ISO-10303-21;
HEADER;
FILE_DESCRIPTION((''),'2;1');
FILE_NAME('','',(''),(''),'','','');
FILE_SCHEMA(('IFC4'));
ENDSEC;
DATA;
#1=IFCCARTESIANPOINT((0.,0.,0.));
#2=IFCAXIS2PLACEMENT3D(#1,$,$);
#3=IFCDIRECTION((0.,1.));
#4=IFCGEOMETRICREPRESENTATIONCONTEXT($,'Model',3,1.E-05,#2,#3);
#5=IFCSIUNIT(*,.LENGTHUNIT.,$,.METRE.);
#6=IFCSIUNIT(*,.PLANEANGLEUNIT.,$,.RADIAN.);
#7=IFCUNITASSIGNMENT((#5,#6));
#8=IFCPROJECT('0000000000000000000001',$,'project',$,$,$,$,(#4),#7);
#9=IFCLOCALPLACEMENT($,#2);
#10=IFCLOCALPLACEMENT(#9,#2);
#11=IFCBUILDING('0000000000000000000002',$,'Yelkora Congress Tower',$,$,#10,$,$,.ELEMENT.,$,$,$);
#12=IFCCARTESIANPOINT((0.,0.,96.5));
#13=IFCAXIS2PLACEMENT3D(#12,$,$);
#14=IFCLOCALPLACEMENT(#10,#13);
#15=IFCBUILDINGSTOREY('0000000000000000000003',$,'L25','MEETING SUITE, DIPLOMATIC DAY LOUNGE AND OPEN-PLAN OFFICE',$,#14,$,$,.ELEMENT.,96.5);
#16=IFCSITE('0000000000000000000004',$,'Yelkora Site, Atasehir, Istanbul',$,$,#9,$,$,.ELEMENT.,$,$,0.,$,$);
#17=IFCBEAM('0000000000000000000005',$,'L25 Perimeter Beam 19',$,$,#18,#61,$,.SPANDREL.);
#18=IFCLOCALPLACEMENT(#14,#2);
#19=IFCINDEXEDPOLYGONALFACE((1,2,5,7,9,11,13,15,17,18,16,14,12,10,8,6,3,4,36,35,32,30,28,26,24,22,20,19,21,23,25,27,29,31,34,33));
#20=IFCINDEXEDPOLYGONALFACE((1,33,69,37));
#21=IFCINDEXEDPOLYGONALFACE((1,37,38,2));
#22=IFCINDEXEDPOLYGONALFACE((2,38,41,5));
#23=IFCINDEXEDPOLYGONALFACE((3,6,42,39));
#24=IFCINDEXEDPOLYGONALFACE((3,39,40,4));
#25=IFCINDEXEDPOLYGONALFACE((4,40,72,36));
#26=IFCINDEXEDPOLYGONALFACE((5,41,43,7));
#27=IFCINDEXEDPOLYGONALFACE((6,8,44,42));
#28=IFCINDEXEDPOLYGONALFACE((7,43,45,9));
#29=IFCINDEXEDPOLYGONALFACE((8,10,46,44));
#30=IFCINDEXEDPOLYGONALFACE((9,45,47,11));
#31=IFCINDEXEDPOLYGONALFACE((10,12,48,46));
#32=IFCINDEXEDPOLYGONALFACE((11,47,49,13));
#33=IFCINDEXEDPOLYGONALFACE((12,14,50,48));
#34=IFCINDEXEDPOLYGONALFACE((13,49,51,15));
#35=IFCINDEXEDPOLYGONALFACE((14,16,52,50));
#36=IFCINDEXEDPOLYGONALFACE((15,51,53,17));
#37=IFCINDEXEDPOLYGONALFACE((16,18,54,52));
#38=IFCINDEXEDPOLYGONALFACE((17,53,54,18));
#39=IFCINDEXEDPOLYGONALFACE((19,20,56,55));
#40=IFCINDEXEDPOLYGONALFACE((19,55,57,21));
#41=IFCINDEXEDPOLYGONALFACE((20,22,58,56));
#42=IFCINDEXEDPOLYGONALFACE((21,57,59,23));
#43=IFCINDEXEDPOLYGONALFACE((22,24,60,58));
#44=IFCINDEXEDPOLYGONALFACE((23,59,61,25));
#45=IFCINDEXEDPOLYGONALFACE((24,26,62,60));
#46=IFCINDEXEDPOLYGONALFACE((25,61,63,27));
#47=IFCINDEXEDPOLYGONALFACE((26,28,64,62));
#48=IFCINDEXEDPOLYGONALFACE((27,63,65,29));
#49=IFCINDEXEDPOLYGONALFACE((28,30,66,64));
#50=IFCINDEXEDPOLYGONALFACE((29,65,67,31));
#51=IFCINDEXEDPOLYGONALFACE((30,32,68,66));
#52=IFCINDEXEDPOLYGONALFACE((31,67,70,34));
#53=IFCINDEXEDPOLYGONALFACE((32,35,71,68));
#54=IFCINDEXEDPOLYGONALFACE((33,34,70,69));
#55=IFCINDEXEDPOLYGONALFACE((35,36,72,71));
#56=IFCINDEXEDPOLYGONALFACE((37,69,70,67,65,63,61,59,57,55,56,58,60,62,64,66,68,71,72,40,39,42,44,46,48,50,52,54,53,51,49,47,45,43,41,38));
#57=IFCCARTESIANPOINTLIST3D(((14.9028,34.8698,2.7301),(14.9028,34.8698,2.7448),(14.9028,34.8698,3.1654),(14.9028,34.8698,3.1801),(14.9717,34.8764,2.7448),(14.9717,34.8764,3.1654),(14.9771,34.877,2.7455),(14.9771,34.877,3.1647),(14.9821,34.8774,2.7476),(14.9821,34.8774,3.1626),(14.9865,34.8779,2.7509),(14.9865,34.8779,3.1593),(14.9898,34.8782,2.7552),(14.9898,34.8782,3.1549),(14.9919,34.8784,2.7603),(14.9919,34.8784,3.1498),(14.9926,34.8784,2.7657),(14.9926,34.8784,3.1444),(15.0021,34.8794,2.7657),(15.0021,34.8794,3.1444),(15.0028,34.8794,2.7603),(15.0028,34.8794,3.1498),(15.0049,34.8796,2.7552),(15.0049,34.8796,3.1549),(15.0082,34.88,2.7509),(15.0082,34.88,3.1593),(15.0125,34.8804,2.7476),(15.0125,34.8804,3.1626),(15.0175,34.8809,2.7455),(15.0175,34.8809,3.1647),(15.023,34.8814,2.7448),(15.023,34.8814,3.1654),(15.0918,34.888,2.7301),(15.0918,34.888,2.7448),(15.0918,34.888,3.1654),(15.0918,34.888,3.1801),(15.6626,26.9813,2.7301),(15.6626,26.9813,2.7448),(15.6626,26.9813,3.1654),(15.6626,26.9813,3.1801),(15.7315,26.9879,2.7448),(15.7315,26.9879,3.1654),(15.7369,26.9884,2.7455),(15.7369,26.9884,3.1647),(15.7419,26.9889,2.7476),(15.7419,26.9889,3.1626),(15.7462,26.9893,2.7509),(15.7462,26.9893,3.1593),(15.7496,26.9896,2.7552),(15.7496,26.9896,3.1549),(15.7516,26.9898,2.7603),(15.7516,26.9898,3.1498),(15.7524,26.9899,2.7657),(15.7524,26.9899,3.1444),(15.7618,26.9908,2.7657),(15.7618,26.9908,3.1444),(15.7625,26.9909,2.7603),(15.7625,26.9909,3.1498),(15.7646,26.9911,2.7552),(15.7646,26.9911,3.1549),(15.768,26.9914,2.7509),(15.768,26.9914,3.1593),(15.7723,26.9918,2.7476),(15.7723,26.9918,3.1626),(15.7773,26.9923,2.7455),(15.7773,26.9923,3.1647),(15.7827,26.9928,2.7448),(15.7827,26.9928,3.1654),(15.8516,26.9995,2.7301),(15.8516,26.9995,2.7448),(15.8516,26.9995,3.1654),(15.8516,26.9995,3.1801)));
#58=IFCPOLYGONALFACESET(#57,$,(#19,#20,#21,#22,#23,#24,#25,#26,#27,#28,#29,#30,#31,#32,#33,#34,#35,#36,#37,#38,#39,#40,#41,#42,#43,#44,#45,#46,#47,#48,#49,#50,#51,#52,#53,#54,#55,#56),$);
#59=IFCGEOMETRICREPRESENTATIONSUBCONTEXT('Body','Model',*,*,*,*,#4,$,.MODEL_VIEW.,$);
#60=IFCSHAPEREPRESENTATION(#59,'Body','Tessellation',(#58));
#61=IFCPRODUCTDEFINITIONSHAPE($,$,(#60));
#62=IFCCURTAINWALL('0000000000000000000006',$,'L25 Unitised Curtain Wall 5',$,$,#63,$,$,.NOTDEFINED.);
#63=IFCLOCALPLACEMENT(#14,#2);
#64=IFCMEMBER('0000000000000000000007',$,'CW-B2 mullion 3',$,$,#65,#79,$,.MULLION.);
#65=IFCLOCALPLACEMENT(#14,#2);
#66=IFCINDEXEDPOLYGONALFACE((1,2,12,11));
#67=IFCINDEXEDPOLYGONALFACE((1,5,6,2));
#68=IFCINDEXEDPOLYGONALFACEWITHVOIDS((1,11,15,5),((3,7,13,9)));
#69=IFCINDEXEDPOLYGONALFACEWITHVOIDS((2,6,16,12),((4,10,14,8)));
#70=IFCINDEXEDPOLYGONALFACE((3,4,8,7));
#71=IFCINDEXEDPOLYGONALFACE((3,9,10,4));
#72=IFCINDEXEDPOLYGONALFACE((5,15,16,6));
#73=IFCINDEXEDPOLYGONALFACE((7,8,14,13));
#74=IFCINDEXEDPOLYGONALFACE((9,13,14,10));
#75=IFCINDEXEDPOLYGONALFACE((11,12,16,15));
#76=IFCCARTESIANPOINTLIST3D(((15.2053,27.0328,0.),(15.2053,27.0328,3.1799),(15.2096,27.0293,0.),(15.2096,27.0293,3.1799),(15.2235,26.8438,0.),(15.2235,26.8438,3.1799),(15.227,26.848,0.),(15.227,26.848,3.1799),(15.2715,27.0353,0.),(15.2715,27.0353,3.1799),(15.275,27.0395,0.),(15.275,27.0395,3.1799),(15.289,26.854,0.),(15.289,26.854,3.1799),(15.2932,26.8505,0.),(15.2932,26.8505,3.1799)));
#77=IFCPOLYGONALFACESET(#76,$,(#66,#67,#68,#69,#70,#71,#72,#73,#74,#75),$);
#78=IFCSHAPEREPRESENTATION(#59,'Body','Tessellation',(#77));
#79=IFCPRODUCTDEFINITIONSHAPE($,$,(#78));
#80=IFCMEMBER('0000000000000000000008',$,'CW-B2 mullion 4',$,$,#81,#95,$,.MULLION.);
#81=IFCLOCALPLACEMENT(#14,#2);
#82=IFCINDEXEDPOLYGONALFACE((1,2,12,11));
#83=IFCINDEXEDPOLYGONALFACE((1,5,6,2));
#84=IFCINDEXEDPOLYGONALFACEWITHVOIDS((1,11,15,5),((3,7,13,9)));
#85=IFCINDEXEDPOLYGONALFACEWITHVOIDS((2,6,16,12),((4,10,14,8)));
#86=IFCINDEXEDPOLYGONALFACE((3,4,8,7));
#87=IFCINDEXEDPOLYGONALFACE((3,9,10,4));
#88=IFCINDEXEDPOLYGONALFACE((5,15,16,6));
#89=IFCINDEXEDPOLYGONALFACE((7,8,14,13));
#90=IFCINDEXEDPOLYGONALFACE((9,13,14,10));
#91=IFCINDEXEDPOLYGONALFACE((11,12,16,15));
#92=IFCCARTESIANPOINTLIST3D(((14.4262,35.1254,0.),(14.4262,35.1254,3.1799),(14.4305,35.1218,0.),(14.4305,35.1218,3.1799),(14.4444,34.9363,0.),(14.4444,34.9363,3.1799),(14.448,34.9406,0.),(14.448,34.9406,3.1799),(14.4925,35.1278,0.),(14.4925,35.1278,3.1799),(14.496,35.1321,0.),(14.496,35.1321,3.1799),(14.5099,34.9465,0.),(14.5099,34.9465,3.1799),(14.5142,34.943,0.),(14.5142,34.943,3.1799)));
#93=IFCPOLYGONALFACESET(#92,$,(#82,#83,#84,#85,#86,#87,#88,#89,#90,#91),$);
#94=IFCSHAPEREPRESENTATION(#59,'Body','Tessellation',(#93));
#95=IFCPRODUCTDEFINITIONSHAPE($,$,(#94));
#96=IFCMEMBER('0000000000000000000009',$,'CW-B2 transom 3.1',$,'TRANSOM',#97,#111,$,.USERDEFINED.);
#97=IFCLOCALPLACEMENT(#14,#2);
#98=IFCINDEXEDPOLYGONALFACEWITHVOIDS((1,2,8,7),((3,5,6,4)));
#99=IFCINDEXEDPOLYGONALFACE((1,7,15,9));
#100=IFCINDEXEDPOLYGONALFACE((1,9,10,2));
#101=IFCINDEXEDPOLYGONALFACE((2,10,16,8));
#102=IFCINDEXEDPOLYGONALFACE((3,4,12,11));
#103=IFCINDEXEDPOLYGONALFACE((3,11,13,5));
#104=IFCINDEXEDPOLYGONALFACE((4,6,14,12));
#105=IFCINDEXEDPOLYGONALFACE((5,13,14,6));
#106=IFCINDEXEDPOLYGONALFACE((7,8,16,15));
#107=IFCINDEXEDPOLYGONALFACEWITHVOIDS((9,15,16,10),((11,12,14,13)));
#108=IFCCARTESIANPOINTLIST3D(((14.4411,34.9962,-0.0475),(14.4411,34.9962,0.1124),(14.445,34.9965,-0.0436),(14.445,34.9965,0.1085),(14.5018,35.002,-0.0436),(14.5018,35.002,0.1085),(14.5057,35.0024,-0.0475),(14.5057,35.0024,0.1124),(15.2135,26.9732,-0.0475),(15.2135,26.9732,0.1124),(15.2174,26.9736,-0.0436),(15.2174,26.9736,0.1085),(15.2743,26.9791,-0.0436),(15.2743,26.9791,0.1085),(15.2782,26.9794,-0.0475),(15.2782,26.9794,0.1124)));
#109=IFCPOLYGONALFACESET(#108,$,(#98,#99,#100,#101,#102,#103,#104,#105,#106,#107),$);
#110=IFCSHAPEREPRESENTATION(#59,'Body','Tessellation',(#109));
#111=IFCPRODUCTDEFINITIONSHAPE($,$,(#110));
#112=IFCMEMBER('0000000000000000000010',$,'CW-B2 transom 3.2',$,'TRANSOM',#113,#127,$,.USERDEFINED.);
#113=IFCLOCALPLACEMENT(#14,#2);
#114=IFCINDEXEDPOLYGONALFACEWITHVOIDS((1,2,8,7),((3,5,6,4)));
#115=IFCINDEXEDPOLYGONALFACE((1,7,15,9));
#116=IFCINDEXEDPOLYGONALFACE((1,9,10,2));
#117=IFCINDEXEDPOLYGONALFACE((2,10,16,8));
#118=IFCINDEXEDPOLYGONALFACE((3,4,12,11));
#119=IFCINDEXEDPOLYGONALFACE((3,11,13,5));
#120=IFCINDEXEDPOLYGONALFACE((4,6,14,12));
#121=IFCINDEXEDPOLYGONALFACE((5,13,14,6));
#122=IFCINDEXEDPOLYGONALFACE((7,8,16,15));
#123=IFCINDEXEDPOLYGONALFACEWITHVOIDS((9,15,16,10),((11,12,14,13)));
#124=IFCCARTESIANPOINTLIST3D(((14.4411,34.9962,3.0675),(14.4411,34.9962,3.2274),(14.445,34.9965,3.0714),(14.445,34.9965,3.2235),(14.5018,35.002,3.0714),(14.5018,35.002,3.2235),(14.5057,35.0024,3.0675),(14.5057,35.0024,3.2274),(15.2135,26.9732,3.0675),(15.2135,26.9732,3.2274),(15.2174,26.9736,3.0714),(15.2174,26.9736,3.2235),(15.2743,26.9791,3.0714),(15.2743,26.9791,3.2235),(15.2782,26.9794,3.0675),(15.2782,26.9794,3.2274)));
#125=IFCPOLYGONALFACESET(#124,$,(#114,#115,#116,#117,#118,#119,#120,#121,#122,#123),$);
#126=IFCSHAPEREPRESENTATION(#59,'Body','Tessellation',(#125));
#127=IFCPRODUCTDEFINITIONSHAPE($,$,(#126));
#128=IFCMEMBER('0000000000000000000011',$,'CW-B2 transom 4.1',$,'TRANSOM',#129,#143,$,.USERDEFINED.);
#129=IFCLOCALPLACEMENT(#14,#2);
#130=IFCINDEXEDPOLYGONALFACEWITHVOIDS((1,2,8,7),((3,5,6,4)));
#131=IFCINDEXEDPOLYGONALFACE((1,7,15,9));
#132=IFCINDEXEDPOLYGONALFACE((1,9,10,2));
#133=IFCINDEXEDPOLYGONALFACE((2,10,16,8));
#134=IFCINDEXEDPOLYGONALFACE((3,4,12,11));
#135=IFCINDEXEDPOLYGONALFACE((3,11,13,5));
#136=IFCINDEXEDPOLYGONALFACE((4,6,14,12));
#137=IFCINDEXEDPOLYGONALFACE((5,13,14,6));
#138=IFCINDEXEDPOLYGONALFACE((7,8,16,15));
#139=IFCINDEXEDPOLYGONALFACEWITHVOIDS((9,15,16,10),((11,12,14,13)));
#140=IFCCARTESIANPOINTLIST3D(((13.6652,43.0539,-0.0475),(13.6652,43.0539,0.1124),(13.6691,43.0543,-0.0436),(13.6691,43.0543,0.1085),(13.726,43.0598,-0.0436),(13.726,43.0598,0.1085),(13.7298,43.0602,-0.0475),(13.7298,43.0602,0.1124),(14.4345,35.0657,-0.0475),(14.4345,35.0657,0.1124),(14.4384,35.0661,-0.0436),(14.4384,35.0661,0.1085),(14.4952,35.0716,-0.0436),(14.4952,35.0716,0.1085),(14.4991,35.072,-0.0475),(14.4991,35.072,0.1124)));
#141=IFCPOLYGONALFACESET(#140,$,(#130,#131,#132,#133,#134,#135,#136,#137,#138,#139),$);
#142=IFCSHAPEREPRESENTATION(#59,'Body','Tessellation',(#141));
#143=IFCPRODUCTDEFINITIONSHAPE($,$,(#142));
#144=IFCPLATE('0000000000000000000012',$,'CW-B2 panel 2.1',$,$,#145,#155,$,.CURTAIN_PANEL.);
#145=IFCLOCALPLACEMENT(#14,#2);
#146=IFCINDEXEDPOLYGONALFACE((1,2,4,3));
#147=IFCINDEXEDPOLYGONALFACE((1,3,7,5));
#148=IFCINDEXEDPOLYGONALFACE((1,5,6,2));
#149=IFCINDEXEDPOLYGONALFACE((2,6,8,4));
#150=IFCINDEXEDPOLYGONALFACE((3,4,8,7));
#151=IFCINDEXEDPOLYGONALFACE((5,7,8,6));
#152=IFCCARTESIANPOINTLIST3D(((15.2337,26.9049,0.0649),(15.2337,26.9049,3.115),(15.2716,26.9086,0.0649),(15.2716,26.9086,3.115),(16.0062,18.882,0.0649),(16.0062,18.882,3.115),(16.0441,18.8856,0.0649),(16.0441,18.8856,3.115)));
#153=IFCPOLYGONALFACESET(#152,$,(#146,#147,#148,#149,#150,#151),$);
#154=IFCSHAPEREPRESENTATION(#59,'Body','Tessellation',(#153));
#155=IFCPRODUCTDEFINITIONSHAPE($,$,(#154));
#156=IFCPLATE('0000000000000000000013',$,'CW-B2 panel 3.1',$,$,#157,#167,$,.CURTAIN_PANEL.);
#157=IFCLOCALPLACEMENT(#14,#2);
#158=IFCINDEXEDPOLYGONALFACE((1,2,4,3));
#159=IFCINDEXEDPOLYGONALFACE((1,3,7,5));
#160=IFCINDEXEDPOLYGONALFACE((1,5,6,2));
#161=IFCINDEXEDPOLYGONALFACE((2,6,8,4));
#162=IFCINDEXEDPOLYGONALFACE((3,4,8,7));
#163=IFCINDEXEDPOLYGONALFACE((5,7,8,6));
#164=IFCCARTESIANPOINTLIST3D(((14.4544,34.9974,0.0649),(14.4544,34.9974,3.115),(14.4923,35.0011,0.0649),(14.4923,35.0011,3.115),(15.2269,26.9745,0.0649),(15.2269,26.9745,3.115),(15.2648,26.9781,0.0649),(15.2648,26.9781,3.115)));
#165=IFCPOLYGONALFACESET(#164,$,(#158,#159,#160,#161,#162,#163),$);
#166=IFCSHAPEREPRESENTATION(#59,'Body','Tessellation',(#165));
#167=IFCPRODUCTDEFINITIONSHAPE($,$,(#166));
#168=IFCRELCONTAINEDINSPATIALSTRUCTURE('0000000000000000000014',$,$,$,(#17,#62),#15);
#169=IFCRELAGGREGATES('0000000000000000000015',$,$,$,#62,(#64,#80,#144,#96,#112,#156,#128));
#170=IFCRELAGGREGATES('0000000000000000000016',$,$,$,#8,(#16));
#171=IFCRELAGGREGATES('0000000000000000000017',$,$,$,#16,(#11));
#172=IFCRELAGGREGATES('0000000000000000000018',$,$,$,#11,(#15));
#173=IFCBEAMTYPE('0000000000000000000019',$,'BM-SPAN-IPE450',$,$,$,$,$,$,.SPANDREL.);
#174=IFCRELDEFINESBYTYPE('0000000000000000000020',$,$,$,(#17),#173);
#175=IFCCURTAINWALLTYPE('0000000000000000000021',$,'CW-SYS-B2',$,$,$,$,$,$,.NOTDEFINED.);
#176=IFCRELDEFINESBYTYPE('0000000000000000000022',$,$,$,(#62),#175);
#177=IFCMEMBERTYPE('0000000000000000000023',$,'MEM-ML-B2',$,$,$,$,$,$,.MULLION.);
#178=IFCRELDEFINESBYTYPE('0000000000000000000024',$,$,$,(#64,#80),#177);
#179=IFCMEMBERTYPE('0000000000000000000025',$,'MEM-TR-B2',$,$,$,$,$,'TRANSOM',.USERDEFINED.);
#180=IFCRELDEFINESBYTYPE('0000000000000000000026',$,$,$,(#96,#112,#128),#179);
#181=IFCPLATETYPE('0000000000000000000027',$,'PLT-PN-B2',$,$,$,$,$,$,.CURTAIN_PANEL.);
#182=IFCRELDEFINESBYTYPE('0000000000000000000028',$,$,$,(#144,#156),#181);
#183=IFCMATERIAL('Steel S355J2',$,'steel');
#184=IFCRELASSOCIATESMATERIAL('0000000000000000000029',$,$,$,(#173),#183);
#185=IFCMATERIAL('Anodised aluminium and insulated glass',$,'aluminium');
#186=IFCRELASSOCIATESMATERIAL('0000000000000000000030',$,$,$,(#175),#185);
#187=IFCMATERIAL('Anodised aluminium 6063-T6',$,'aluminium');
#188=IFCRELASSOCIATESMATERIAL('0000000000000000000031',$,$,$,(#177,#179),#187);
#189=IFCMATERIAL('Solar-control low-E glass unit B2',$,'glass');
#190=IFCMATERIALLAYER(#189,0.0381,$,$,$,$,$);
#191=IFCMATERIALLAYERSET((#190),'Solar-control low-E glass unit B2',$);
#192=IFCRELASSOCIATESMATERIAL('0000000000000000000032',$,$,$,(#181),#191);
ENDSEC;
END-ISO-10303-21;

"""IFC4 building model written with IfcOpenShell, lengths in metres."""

from ifc_helpers import new_model, si_unit, direction, frame, origin, origin_2d, place, context, subcontext, project, spatial, rectangle, hollow_rectangle, i_section, extrude, material, layer, layer_set, material_profile, profile_set, type_object, element, aggregate, save


model = new_model("IFC4")

# Units and contexts
model_context = context("Model", 3, precision=1e-05, world=origin(), true_north=direction((0.0, 1.0)))
body_context = subcontext(model_context, "Body", "Model", "MODEL_VIEW")
ifc_project = project(units=[si_unit("LENGTHUNIT", "METRE"), si_unit("PLANEANGLEUNIT", "RADIAN")], contexts=[model_context])

# Site, building, storey
site_placement = place(None, origin())
site = spatial("IfcSite", under=ifc_project, at=site_placement, Name="Yelkora Site, Atasehir, Istanbul", CompositionType="ELEMENT", RefElevation=0.0)
building_placement = place(site_placement, origin())
building = spatial("IfcBuilding", under=site, at=building_placement, Name="Yelkora Congress Tower", CompositionType="ELEMENT")
storey_placement = place(building_placement, frame((0.0, 0.0, 96.5)))
storey = spatial("IfcBuildingStorey", under=building, at=storey_placement, Name="L25", Description="MEETING SUITE, DIPLOMATIC DAY LOUNGE AND OPEN-PLAN OFFICE", CompositionType="ELEMENT", Elevation=96.5)

# Beam
ifc_material_1 = material(Name="Steel S355J2", Category="steel")
ifc_material_profile_1 = material_profile(ifc_material_1, i_section(OverallWidth=0.1899, OverallDepth=0.45, WebThickness=0.0095, FlangeThickness=0.0146, FilletRadius=0.021, at=origin_2d()), Name="IPE 450")
ifc_profile_set_1 = profile_set([ifc_material_profile_1], Name="Steel S355J2")
beam_type_1 = type_object("IfcBeamType", Name="BM-SPAN-IPE450", PredefinedType="SPANDREL", material=ifc_profile_set_1)
beam_1_placement = place(storey_placement, frame((14.9973, 34.8789, 2.9551), z_axis=(0.09587, -0.995394, 0.0), x_axis=(0.995394, 0.09587, 0.0)))
element("IfcBeam", 1, at=beam_1_placement, inside=storey, type_object=beam_type_1, Name="L25 Perimeter Beam 19", PredefinedType="SPANDREL", context=body_context, shape_type="SweptSolid", body=[
    extrude(i_section(OverallWidth=0.1899, OverallDepth=0.45, WebThickness=0.0095, FlangeThickness=0.0146, FilletRadius=0.021, at=origin_2d()), origin(), (0.0, 0.0, 1.0), 7.925),
])

# Curtain wall, members, plates
ifc_material_2 = material(Name="Anodised aluminium and insulated glass", Category="aluminium")
curtain_wall_type = type_object("IfcCurtainWallType", Name="CW-SYS-B2", PredefinedType="NOTDEFINED", material=ifc_material_2)
curtain_wall_placement = place(storey_placement, origin())
curtain_wall = element("IfcCurtainWall", 2, at=curtain_wall_placement, inside=storey, type_object=curtain_wall_type, Name="L25 Unitised Curtain Wall 5", PredefinedType="NOTDEFINED")
ifc_material_3 = material(Name="Anodised aluminium 6063-T6", Category="aluminium")
ifc_material_profile_2 = material_profile(ifc_material_3, hollow_rectangle(XDim=0.0701, YDim=0.1899, WallThickness=0.0039, at=origin_2d()), Name="ALU 70x190x4")
ifc_profile_set_2 = profile_set([ifc_material_profile_2], Name="Anodised aluminium 6063-T6")
member_type_1 = type_object("IfcMemberType", Name="MEM-ML-B2", PredefinedType="MULLION", material=ifc_profile_set_2)
member_1_placement = place(storey_placement, frame((15.2493, 26.9417, 0.0), z_axis=(0.0, 0.0, 1.0), x_axis=(-0.995397, -0.095843, 0.0)))
member_1 = element("IfcMember", 3, at=member_1_placement, type_object=member_type_1, Name="CW-B2 mullion 3", PredefinedType="MULLION", context=body_context, shape_type="SweptSolid", body=[
    extrude(hollow_rectangle(XDim=0.0701, YDim=0.1899, WallThickness=0.0039, at=origin_2d()), origin(), (0.0, 0.0, 1.0), 3.1799),
])
member_2_placement = place(storey_placement, frame((14.4702, 35.0342, 0.0), z_axis=(0.0, 0.0, 1.0), x_axis=(-0.995397, -0.095843, 0.0)))
member_2 = element("IfcMember", 4, at=member_2_placement, type_object=member_type_1, Name="CW-B2 mullion 4", PredefinedType="MULLION", context=body_context, shape_type="SweptSolid", body=[
    extrude(hollow_rectangle(XDim=0.0701, YDim=0.1899, WallThickness=0.0039, at=origin_2d()), origin(), (0.0, 0.0, 1.0), 3.1799),
])
ifc_material_profile_3 = material_profile(ifc_material_3, hollow_rectangle(XDim=0.0649, YDim=0.1599, WallThickness=0.0039, at=origin_2d()), Name="ALU 65x160x4")
ifc_profile_set_3 = profile_set([ifc_material_profile_3], Name="Anodised aluminium 6063-T6")
member_type_2 = type_object("IfcMemberType", Name="MEM-TR-B2", ElementType="TRANSOM", PredefinedType="USERDEFINED", material=ifc_profile_set_3)
member_3_placement = place(storey_placement, frame((15.2458, 26.9763, 0.0325), z_axis=(-0.095838, 0.995397, 0.0), x_axis=(-0.995397, -0.095838, 0.0)))
member_3 = element("IfcMember", 5, at=member_3_placement, type_object=member_type_2, Name="CW-B2 transom 3.1", ObjectType="TRANSOM", PredefinedType="USERDEFINED", context=body_context, shape_type="SweptSolid", body=[
    extrude(hollow_rectangle(XDim=0.0649, YDim=0.1599, WallThickness=0.0039, at=origin_2d()), origin(), (0.0, 0.0, 1.0), 8.0601),
])
member_4_placement = place(storey_placement, frame((15.2458, 26.9763, 3.1475), z_axis=(-0.095838, 0.995397, 0.0), x_axis=(-0.995397, -0.095838, 0.0)))
member_4 = element("IfcMember", 6, at=member_4_placement, type_object=member_type_2, Name="CW-B2 transom 3.2", ObjectType="TRANSOM", PredefinedType="USERDEFINED", context=body_context, shape_type="SweptSolid", body=[
    extrude(hollow_rectangle(XDim=0.0649, YDim=0.1599, WallThickness=0.0039, at=origin_2d()), origin(), (0.0, 0.0, 1.0), 8.0601),
])
member_5_placement = place(storey_placement, frame((14.4668, 35.0688, 0.0325), z_axis=(-0.095858, 0.995395, 0.0), x_axis=(-0.995395, -0.095858, 0.0)))
member_5 = element("IfcMember", 7, at=member_5_placement, type_object=member_type_2, Name="CW-B2 transom 4.1", ObjectType="TRANSOM", PredefinedType="USERDEFINED", context=body_context, shape_type="SweptSolid", body=[
    extrude(hollow_rectangle(XDim=0.0649, YDim=0.1599, WallThickness=0.0039, at=origin_2d()), origin(), (0.0, 0.0, 1.0), 8.0251),
])
ifc_material_4 = material(Name="Solar-control low-E glass unit B2", Category="glass")
ifc_layer_1 = layer(ifc_material_4, 0.0381)
ifc_layer_set_1 = layer_set([ifc_layer_1], Name="Solar-control low-E glass unit B2")
plate_type = type_object("IfcPlateType", Name="PLT-PN-B2", PredefinedType="CURTAIN_PANEL", material=ifc_layer_set_1)
plate_1_placement = place(storey_placement, frame((15.6389, 22.8953, 0.0649), z_axis=(0.0, 0.0, 1.0), x_axis=(-0.095843, 0.995397, 0.0)))
plate_1 = element("IfcPlate", 8, at=plate_1_placement, type_object=plate_type, Name="CW-B2 panel 2.1", PredefinedType="CURTAIN_PANEL", context=body_context, shape_type="SweptSolid", body=[
    extrude(rectangle(XDim=8.0601, YDim=0.0381, at=origin_2d()), origin(), (0.0, 0.0, 1.0), 3.05),
])
plate_2_placement = place(storey_placement, frame((14.8596, 30.9878, 0.0649), z_axis=(0.0, 0.0, 1.0), x_axis=(-0.095843, 0.995397, 0.0)))
plate_2 = element("IfcPlate", 9, at=plate_2_placement, type_object=plate_type, Name="CW-B2 panel 3.1", PredefinedType="CURTAIN_PANEL", context=body_context, shape_type="SweptSolid", body=[
    extrude(rectangle(XDim=8.0601, YDim=0.0381, at=origin_2d()), origin(), (0.0, 0.0, 1.0), 3.05),
])
aggregate(curtain_wall, [member_1, member_2, plate_1, member_3, member_4, plate_2, member_5])

save(model, "model.ifc")
